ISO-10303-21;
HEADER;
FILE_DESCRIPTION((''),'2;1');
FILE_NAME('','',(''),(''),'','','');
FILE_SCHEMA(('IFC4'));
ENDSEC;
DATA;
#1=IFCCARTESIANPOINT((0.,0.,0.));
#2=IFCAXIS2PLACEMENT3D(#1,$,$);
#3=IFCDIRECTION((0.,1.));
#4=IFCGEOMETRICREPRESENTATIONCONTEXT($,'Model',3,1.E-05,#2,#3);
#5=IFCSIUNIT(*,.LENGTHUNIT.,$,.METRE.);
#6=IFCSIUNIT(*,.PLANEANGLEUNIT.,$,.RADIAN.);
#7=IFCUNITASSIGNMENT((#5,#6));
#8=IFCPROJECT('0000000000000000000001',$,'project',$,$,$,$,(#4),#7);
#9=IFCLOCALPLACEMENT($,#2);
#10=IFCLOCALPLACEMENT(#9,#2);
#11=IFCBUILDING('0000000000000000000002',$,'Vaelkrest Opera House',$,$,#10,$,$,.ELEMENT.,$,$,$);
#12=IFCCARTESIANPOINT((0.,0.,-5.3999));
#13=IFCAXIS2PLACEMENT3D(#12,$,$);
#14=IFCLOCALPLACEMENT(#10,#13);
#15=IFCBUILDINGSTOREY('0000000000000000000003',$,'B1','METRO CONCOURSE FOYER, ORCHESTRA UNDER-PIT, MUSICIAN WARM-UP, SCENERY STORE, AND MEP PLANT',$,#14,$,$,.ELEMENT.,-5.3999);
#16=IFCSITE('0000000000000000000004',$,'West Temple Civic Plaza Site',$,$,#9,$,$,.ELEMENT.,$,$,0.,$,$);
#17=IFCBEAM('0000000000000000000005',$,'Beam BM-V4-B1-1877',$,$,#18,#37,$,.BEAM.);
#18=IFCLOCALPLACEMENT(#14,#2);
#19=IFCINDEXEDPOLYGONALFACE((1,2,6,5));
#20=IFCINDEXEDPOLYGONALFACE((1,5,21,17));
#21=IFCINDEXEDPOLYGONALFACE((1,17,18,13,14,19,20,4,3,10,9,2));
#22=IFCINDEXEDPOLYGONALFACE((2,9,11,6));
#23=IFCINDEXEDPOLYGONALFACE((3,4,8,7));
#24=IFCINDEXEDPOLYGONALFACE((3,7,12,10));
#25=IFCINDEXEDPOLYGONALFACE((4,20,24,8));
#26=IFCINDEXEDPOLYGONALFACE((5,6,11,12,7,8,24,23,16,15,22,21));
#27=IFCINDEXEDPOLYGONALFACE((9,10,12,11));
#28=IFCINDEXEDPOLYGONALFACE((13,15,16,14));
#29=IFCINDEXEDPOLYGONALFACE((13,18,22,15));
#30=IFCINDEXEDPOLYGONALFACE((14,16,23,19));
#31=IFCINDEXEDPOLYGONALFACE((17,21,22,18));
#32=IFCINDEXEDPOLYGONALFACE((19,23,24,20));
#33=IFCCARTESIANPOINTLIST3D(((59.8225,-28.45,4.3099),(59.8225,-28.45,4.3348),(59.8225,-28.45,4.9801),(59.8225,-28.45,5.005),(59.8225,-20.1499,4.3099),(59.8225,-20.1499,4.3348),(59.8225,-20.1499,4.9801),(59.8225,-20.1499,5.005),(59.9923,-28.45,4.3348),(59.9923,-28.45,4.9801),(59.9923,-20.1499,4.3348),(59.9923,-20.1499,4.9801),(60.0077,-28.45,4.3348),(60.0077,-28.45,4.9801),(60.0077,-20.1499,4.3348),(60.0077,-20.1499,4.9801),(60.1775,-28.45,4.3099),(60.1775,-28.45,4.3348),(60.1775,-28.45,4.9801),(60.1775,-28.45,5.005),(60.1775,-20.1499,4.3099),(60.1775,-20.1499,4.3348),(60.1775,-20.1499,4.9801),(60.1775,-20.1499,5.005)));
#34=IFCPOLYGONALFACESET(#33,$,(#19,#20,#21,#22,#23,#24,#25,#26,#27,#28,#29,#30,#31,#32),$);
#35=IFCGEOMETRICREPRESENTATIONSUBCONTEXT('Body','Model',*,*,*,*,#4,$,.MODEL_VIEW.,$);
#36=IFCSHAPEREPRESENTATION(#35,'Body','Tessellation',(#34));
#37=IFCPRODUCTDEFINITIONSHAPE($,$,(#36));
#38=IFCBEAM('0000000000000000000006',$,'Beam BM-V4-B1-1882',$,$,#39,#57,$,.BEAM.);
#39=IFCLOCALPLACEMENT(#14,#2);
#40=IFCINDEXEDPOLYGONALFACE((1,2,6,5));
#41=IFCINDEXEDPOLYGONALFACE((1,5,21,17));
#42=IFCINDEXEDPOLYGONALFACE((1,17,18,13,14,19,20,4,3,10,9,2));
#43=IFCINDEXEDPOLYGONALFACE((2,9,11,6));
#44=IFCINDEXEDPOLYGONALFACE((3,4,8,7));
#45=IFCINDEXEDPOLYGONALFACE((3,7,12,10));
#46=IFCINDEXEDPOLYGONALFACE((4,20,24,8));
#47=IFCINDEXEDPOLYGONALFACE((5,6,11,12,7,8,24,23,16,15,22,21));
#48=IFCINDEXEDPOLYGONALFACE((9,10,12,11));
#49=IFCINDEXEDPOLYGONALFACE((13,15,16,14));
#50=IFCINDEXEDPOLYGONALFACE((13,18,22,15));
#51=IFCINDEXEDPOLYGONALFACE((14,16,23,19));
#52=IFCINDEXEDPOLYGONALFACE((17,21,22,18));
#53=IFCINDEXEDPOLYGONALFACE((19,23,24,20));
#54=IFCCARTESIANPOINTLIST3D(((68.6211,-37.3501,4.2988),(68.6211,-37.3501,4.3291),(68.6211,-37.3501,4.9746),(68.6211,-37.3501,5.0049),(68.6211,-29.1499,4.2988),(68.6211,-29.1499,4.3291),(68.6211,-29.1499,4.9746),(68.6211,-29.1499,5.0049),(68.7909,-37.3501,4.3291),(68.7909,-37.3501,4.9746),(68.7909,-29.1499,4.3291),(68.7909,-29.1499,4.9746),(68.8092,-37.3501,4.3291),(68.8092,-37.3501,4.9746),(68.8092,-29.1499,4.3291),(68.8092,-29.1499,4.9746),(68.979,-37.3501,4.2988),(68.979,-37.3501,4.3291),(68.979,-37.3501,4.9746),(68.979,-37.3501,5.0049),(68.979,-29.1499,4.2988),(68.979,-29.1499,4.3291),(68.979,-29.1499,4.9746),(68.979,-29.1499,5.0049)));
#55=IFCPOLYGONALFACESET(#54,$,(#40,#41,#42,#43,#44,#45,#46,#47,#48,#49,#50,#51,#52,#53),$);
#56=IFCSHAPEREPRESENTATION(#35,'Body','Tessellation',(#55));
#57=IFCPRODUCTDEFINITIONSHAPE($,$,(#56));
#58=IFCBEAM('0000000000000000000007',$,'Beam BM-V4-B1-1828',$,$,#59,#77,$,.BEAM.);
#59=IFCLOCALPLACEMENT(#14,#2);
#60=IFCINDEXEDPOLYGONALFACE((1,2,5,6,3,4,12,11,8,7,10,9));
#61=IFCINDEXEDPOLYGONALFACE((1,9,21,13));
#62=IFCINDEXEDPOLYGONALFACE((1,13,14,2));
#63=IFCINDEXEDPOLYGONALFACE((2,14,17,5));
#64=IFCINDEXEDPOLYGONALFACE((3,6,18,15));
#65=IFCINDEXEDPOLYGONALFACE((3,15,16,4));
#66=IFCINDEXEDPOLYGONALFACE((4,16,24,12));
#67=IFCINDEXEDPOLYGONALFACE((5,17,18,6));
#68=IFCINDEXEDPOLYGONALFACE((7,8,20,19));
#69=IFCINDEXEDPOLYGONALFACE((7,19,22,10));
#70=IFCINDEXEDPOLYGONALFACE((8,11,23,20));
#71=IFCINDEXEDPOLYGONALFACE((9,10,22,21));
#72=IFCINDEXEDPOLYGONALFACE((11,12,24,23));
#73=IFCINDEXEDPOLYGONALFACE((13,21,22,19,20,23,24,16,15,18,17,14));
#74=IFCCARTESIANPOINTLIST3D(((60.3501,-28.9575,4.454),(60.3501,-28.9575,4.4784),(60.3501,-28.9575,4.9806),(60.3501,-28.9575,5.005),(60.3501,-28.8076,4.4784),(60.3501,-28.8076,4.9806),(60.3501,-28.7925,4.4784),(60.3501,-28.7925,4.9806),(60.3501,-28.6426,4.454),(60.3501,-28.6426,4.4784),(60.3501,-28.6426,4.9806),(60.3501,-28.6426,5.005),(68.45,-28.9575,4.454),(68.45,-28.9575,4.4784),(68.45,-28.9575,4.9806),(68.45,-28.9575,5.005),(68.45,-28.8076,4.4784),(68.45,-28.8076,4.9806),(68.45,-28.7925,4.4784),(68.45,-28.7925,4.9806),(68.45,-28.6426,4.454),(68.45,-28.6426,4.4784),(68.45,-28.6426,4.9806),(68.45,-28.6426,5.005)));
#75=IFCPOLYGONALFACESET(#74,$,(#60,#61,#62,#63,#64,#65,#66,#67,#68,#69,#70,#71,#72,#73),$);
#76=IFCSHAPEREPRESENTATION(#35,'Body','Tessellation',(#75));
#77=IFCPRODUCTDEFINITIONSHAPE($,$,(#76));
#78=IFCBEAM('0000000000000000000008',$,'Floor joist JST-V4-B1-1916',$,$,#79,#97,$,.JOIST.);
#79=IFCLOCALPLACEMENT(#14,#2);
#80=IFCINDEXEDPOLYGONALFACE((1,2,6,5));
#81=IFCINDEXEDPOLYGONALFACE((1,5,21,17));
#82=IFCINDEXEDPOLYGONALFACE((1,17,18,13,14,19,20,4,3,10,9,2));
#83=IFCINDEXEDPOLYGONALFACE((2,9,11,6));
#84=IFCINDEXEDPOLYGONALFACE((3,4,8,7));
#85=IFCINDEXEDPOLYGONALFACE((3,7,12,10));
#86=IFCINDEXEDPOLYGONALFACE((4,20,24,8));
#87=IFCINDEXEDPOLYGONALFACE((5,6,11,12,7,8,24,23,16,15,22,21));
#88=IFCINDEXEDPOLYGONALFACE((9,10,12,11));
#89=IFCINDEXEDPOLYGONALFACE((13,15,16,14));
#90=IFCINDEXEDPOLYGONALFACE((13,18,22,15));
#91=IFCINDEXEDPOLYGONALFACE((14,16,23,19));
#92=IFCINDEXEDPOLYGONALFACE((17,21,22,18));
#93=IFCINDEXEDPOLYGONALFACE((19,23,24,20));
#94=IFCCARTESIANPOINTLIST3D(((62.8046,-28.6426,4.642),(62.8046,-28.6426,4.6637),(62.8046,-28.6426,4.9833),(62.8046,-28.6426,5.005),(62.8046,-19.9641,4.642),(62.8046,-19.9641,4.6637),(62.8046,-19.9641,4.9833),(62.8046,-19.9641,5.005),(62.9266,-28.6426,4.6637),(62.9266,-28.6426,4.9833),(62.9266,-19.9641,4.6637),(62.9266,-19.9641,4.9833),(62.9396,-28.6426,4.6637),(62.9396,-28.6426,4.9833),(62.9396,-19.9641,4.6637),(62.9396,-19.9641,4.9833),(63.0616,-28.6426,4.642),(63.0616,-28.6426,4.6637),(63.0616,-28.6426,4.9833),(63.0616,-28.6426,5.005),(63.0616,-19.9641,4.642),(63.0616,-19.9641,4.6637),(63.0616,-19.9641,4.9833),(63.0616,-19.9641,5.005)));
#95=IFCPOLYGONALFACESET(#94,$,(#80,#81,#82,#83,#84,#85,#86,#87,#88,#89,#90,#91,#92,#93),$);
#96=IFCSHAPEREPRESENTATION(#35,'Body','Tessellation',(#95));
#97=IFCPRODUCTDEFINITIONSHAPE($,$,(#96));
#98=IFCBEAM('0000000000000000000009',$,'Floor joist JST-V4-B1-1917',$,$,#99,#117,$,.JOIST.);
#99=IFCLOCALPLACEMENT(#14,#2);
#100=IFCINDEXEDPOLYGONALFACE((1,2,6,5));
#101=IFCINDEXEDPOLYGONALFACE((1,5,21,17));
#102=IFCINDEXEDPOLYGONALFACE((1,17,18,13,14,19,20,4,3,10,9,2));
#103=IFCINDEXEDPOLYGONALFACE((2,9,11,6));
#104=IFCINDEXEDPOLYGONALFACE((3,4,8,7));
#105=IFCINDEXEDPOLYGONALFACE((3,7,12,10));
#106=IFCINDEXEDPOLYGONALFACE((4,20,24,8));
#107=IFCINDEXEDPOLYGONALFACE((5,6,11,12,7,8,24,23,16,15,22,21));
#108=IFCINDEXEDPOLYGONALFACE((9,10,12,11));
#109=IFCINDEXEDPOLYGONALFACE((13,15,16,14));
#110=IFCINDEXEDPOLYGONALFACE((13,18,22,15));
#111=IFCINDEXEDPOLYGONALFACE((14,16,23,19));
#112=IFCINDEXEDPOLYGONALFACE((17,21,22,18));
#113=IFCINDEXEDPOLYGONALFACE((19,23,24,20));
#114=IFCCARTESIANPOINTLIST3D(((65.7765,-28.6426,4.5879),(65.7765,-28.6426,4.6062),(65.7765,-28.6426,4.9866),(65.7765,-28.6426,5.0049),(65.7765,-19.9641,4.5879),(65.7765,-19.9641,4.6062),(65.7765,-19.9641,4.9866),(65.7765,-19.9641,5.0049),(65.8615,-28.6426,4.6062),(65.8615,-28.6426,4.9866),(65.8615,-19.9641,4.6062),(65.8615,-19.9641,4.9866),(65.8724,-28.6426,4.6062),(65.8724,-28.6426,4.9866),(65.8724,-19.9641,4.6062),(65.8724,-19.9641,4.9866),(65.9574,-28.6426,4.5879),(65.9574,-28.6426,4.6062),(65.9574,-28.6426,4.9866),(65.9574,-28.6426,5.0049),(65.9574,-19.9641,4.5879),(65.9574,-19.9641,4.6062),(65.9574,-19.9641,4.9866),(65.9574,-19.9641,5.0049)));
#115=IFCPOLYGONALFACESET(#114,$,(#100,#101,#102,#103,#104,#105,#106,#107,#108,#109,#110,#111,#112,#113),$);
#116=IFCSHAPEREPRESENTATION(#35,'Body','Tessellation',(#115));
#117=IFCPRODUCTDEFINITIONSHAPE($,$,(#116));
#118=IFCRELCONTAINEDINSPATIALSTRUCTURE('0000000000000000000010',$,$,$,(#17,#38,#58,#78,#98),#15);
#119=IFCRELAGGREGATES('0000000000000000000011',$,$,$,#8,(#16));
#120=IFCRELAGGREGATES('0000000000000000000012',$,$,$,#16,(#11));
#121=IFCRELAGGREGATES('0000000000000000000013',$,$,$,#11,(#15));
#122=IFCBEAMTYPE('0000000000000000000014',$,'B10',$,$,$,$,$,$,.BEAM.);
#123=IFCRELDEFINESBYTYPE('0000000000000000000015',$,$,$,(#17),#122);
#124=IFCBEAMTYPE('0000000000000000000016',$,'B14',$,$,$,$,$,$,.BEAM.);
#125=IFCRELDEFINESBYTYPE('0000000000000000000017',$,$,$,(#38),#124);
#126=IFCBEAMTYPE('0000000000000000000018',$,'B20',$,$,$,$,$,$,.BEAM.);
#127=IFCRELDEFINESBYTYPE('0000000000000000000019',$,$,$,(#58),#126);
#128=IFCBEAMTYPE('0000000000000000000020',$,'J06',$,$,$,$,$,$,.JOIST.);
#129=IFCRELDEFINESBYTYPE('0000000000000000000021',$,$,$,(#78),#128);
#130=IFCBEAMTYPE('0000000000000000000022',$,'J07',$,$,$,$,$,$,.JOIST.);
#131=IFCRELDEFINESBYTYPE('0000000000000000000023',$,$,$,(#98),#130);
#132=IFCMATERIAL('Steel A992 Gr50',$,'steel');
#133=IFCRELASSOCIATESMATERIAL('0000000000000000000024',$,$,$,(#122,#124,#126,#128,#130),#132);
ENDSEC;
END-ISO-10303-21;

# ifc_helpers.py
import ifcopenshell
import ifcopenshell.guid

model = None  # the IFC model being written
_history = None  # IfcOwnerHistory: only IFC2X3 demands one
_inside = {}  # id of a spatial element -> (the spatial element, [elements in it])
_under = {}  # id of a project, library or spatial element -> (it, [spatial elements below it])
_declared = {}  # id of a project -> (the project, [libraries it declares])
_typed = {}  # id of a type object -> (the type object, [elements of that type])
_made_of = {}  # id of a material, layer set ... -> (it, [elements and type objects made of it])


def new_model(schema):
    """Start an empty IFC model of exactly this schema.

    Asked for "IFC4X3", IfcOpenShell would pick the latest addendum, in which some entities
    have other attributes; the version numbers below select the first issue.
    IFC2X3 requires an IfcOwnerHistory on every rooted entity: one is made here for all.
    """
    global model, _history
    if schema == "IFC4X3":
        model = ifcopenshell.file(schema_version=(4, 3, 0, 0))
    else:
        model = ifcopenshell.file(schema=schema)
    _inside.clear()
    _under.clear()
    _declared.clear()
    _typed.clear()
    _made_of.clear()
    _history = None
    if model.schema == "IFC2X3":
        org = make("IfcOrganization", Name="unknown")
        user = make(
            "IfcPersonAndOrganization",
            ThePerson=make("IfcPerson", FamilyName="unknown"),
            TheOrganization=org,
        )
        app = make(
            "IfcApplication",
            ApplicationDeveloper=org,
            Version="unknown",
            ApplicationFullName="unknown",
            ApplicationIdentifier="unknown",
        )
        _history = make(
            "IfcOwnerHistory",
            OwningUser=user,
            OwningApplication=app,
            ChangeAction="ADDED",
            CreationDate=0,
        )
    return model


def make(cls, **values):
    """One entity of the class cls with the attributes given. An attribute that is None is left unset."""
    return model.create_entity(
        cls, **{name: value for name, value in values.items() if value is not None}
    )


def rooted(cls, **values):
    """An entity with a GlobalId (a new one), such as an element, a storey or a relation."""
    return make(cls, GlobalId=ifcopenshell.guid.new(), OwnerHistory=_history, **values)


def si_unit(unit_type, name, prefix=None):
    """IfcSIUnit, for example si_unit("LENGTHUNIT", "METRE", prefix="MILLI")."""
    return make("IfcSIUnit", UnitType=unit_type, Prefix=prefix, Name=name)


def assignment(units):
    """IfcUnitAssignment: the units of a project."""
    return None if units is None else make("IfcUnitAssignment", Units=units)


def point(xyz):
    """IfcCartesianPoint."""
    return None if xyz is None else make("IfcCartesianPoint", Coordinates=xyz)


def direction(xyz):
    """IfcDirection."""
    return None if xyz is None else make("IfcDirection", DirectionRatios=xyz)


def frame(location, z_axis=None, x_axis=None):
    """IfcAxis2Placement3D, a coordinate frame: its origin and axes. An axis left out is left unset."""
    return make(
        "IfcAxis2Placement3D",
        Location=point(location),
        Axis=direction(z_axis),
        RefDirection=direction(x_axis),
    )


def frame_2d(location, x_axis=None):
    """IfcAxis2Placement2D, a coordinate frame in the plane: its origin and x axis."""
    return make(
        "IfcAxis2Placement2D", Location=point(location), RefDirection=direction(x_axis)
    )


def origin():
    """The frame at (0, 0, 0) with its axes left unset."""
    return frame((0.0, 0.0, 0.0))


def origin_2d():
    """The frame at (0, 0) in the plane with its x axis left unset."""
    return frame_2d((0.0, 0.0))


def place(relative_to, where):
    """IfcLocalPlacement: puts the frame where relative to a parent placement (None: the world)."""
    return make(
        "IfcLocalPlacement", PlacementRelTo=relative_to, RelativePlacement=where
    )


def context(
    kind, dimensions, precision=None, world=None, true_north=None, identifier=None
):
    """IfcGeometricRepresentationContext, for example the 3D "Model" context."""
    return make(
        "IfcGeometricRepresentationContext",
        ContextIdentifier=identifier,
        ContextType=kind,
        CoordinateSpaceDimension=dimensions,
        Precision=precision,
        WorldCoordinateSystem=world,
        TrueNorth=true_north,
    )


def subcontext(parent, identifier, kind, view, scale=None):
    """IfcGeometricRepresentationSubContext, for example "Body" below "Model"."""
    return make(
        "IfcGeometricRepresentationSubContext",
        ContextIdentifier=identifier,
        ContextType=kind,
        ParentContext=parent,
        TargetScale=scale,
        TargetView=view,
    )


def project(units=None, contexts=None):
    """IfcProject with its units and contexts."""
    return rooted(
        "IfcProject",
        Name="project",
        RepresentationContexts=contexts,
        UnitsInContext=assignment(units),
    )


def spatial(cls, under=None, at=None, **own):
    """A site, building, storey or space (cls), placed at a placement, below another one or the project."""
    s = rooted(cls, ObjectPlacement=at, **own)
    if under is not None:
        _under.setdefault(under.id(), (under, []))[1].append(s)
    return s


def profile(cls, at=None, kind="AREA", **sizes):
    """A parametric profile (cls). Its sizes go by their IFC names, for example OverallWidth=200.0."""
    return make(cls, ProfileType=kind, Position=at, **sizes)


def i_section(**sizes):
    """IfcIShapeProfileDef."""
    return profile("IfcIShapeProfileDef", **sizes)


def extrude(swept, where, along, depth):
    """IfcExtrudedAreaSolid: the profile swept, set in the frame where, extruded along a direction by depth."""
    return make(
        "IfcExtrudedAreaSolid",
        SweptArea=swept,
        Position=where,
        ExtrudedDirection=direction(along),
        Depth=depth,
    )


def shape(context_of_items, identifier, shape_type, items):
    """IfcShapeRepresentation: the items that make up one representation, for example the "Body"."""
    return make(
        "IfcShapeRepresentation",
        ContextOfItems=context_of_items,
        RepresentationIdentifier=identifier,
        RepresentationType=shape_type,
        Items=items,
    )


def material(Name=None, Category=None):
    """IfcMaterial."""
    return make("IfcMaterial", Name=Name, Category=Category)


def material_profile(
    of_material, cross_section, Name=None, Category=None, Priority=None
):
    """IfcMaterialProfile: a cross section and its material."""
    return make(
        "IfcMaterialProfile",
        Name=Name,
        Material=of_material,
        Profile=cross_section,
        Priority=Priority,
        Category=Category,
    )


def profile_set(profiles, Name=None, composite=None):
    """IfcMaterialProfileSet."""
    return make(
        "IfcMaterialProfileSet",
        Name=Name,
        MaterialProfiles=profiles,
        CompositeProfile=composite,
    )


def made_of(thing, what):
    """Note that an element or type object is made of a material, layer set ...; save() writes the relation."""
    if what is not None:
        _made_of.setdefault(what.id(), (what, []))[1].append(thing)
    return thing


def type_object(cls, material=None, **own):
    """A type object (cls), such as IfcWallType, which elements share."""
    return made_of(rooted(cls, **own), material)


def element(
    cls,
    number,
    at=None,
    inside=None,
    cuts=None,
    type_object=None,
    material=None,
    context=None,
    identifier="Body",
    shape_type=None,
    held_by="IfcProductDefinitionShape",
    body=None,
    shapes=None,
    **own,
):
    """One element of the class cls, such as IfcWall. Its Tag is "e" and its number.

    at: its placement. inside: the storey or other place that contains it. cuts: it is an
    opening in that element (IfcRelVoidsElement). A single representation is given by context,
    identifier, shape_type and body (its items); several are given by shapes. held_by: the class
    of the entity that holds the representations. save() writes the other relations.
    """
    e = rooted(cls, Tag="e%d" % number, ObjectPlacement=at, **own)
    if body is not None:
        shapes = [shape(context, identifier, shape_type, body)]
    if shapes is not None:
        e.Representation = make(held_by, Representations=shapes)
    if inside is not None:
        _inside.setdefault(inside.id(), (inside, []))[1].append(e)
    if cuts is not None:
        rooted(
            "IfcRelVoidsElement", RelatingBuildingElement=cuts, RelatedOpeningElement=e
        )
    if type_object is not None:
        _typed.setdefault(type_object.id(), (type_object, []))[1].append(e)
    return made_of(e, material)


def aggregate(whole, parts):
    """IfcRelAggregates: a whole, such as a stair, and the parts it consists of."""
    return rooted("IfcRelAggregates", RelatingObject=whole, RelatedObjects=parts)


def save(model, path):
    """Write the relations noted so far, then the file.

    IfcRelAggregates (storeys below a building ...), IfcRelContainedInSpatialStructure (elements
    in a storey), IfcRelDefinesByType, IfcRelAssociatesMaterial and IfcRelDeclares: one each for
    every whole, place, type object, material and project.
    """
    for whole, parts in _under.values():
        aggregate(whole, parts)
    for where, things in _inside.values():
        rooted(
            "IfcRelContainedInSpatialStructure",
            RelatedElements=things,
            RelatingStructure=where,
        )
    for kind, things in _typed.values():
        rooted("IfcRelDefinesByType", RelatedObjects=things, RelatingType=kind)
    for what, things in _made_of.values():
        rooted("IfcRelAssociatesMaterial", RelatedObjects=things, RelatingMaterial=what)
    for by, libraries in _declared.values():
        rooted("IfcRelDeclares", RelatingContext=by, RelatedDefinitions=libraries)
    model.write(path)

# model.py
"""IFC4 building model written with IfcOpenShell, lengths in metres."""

from ifc_helpers import new_model, si_unit, direction, frame, origin, origin_2d, place, context, subcontext, project, spatial, i_section, extrude, material, material_profile, profile_set, type_object, element, save


model = new_model("IFC4")

# Units and contexts
model_context = context("Model", 3, precision=1e-05, world=origin(), true_north=direction((0.0, 1.0)))
body_context = subcontext(model_context, "Body", "Model", "MODEL_VIEW")
ifc_project = project(units=[si_unit("LENGTHUNIT", "METRE"), si_unit("PLANEANGLEUNIT", "RADIAN")], contexts=[model_context])

# Site, building, storey
site_placement = place(None, origin())
site = spatial("IfcSite", under=ifc_project, at=site_placement, Name="West Temple Civic Plaza Site", CompositionType="ELEMENT", RefElevation=0.0)
building_placement = place(site_placement, origin())
building = spatial("IfcBuilding", under=site, at=building_placement, Name="Vaelkrest Opera House", CompositionType="ELEMENT")
storey_placement = place(building_placement, frame((0.0, 0.0, -5.3999)))
storey = spatial("IfcBuildingStorey", under=building, at=storey_placement, Name="B1", Description="METRO CONCOURSE FOYER, ORCHESTRA UNDER-PIT, MUSICIAN WARM-UP, SCENERY STORE, AND MEP PLANT", CompositionType="ELEMENT", Elevation=-5.3999)

# Beams
ifc_material_1 = material(Name="Steel A992 Gr50", Category="steel")
ifc_material_profile_1 = material_profile(ifc_material_1, i_section(OverallWidth=0.355, OverallDepth=0.6951, WebThickness=0.0154, FlangeThickness=0.0249, at=origin_2d()), Name="W27X146")
ifc_profile_set_1 = profile_set([ifc_material_profile_1], Name="Steel A992 Gr50")
beam_type_1 = type_object("IfcBeamType", Name="B10", PredefinedType="BEAM", material=ifc_profile_set_1)
beam_1_placement = place(storey_placement, frame((60.0, -28.45, 4.6575), z_axis=(0.0, 1.0, 0.0), x_axis=(-1.0, 0.0, 0.0)))
element("IfcBeam", 1, at=beam_1_placement, inside=storey, type_object=beam_type_1, Name="Beam BM-V4-B1-1877", PredefinedType="BEAM", context=body_context, shape_type="SweptSolid", body=[
    extrude(i_section(OverallWidth=0.355, OverallDepth=0.6951, WebThickness=0.0154, FlangeThickness=0.0249, at=origin_2d()), origin(), (0.0, 0.0, 1.0), 8.3),
])
ifc_material_profile_2 = material_profile(ifc_material_1, i_section(OverallWidth=0.3579, OverallDepth=0.7061, WebThickness=0.0183, FlangeThickness=0.0303, at=origin_2d()), Name="W27X178")
ifc_profile_set_2 = profile_set([ifc_material_profile_2], Name="Steel A992 Gr50")
beam_type_2 = type_object("IfcBeamType", Name="B14", PredefinedType="BEAM", material=ifc_profile_set_2)
beam_2_placement = place(storey_placement, frame((68.8, -37.3501, 4.6519), z_axis=(0.0, 1.0, 0.0), x_axis=(-1.0, 0.0, 0.0)))
element("IfcBeam", 2, at=beam_2_placement, inside=storey, type_object=beam_type_2, Name="Beam BM-V4-B1-1882", PredefinedType="BEAM", context=body_context, shape_type="SweptSolid", body=[
    extrude(i_section(OverallWidth=0.3579, OverallDepth=0.7061, WebThickness=0.0183, FlangeThickness=0.0303, at=origin_2d()), origin(), (0.0, 0.0, 1.0), 8.2002),
])
ifc_material_profile_3 = material_profile(ifc_material_1, i_section(OverallWidth=0.3149, OverallDepth=0.551, WebThickness=0.0151, FlangeThickness=0.0244, at=origin_2d()), Name="W21X122")
ifc_profile_set_3 = profile_set([ifc_material_profile_3], Name="Steel A992 Gr50")
beam_type_3 = type_object("IfcBeamType", Name="B20", PredefinedType="BEAM", material=ifc_profile_set_3)
beam_3_placement = place(storey_placement, frame((60.3501, -28.8, 4.7295), z_axis=(1.0, 0.0, 0.0), x_axis=(0.0, 1.0, 0.0)))
element("IfcBeam", 3, at=beam_3_placement, inside=storey, type_object=beam_type_3, Name="Beam BM-V4-B1-1828", PredefinedType="BEAM", context=body_context, shape_type="SweptSolid", body=[
    extrude(i_section(OverallWidth=0.3149, OverallDepth=0.551, WebThickness=0.0151, FlangeThickness=0.0244, at=origin_2d()), origin(), (0.0, 0.0, 1.0), 8.0999),
])
ifc_material_profile_4 = material_profile(ifc_material_1, i_section(OverallWidth=0.2571, OverallDepth=0.363, WebThickness=0.0129, FlangeThickness=0.0217, at=origin_2d()), Name="W14X82")
ifc_profile_set_4 = profile_set([ifc_material_profile_4], Name="Steel A992 Gr50")
beam_type_4 = type_object("IfcBeamType", Name="J06", PredefinedType="JOIST", material=ifc_profile_set_4)
beam_4_placement = place(storey_placement, frame((62.9331, -28.6426, 4.8235), z_axis=(0.0, 1.0, 0.0), x_axis=(-1.0, 0.0, 0.0)))
element("IfcBeam", 4, at=beam_4_placement, inside=storey, type_object=beam_type_4, Name="Floor joist JST-V4-B1-1916", PredefinedType="JOIST", context=body_context, shape_type="SweptSolid", body=[
    extrude(i_section(OverallWidth=0.2571, OverallDepth=0.363, WebThickness=0.0129, FlangeThickness=0.0217, at=origin_2d()), origin(), (0.0, 0.0, 1.0), 8.6785),
])
ifc_material_profile_5 = material_profile(ifc_material_1, i_section(OverallWidth=0.1809, OverallDepth=0.417, WebThickness=0.011, FlangeThickness=0.0183, at=origin_2d()), Name="W16X57")
ifc_profile_set_5 = profile_set([ifc_material_profile_5], Name="Steel A992 Gr50")
beam_type_5 = type_object("IfcBeamType", Name="J07", PredefinedType="JOIST", material=ifc_profile_set_5)
beam_5_placement = place(storey_placement, frame((65.8669, -28.6426, 4.7964), z_axis=(0.0, 1.0, 0.0), x_axis=(-1.0, 0.0, 0.0)))
element("IfcBeam", 5, at=beam_5_placement, inside=storey, type_object=beam_type_5, Name="Floor joist JST-V4-B1-1917", PredefinedType="JOIST", context=body_context, shape_type="SweptSolid", body=[
    extrude(i_section(OverallWidth=0.1809, OverallDepth=0.417, WebThickness=0.011, FlangeThickness=0.0183, at=origin_2d()), origin(), (0.0, 0.0, 1.0), 8.6785),
])

save(model, "model.ifc")
